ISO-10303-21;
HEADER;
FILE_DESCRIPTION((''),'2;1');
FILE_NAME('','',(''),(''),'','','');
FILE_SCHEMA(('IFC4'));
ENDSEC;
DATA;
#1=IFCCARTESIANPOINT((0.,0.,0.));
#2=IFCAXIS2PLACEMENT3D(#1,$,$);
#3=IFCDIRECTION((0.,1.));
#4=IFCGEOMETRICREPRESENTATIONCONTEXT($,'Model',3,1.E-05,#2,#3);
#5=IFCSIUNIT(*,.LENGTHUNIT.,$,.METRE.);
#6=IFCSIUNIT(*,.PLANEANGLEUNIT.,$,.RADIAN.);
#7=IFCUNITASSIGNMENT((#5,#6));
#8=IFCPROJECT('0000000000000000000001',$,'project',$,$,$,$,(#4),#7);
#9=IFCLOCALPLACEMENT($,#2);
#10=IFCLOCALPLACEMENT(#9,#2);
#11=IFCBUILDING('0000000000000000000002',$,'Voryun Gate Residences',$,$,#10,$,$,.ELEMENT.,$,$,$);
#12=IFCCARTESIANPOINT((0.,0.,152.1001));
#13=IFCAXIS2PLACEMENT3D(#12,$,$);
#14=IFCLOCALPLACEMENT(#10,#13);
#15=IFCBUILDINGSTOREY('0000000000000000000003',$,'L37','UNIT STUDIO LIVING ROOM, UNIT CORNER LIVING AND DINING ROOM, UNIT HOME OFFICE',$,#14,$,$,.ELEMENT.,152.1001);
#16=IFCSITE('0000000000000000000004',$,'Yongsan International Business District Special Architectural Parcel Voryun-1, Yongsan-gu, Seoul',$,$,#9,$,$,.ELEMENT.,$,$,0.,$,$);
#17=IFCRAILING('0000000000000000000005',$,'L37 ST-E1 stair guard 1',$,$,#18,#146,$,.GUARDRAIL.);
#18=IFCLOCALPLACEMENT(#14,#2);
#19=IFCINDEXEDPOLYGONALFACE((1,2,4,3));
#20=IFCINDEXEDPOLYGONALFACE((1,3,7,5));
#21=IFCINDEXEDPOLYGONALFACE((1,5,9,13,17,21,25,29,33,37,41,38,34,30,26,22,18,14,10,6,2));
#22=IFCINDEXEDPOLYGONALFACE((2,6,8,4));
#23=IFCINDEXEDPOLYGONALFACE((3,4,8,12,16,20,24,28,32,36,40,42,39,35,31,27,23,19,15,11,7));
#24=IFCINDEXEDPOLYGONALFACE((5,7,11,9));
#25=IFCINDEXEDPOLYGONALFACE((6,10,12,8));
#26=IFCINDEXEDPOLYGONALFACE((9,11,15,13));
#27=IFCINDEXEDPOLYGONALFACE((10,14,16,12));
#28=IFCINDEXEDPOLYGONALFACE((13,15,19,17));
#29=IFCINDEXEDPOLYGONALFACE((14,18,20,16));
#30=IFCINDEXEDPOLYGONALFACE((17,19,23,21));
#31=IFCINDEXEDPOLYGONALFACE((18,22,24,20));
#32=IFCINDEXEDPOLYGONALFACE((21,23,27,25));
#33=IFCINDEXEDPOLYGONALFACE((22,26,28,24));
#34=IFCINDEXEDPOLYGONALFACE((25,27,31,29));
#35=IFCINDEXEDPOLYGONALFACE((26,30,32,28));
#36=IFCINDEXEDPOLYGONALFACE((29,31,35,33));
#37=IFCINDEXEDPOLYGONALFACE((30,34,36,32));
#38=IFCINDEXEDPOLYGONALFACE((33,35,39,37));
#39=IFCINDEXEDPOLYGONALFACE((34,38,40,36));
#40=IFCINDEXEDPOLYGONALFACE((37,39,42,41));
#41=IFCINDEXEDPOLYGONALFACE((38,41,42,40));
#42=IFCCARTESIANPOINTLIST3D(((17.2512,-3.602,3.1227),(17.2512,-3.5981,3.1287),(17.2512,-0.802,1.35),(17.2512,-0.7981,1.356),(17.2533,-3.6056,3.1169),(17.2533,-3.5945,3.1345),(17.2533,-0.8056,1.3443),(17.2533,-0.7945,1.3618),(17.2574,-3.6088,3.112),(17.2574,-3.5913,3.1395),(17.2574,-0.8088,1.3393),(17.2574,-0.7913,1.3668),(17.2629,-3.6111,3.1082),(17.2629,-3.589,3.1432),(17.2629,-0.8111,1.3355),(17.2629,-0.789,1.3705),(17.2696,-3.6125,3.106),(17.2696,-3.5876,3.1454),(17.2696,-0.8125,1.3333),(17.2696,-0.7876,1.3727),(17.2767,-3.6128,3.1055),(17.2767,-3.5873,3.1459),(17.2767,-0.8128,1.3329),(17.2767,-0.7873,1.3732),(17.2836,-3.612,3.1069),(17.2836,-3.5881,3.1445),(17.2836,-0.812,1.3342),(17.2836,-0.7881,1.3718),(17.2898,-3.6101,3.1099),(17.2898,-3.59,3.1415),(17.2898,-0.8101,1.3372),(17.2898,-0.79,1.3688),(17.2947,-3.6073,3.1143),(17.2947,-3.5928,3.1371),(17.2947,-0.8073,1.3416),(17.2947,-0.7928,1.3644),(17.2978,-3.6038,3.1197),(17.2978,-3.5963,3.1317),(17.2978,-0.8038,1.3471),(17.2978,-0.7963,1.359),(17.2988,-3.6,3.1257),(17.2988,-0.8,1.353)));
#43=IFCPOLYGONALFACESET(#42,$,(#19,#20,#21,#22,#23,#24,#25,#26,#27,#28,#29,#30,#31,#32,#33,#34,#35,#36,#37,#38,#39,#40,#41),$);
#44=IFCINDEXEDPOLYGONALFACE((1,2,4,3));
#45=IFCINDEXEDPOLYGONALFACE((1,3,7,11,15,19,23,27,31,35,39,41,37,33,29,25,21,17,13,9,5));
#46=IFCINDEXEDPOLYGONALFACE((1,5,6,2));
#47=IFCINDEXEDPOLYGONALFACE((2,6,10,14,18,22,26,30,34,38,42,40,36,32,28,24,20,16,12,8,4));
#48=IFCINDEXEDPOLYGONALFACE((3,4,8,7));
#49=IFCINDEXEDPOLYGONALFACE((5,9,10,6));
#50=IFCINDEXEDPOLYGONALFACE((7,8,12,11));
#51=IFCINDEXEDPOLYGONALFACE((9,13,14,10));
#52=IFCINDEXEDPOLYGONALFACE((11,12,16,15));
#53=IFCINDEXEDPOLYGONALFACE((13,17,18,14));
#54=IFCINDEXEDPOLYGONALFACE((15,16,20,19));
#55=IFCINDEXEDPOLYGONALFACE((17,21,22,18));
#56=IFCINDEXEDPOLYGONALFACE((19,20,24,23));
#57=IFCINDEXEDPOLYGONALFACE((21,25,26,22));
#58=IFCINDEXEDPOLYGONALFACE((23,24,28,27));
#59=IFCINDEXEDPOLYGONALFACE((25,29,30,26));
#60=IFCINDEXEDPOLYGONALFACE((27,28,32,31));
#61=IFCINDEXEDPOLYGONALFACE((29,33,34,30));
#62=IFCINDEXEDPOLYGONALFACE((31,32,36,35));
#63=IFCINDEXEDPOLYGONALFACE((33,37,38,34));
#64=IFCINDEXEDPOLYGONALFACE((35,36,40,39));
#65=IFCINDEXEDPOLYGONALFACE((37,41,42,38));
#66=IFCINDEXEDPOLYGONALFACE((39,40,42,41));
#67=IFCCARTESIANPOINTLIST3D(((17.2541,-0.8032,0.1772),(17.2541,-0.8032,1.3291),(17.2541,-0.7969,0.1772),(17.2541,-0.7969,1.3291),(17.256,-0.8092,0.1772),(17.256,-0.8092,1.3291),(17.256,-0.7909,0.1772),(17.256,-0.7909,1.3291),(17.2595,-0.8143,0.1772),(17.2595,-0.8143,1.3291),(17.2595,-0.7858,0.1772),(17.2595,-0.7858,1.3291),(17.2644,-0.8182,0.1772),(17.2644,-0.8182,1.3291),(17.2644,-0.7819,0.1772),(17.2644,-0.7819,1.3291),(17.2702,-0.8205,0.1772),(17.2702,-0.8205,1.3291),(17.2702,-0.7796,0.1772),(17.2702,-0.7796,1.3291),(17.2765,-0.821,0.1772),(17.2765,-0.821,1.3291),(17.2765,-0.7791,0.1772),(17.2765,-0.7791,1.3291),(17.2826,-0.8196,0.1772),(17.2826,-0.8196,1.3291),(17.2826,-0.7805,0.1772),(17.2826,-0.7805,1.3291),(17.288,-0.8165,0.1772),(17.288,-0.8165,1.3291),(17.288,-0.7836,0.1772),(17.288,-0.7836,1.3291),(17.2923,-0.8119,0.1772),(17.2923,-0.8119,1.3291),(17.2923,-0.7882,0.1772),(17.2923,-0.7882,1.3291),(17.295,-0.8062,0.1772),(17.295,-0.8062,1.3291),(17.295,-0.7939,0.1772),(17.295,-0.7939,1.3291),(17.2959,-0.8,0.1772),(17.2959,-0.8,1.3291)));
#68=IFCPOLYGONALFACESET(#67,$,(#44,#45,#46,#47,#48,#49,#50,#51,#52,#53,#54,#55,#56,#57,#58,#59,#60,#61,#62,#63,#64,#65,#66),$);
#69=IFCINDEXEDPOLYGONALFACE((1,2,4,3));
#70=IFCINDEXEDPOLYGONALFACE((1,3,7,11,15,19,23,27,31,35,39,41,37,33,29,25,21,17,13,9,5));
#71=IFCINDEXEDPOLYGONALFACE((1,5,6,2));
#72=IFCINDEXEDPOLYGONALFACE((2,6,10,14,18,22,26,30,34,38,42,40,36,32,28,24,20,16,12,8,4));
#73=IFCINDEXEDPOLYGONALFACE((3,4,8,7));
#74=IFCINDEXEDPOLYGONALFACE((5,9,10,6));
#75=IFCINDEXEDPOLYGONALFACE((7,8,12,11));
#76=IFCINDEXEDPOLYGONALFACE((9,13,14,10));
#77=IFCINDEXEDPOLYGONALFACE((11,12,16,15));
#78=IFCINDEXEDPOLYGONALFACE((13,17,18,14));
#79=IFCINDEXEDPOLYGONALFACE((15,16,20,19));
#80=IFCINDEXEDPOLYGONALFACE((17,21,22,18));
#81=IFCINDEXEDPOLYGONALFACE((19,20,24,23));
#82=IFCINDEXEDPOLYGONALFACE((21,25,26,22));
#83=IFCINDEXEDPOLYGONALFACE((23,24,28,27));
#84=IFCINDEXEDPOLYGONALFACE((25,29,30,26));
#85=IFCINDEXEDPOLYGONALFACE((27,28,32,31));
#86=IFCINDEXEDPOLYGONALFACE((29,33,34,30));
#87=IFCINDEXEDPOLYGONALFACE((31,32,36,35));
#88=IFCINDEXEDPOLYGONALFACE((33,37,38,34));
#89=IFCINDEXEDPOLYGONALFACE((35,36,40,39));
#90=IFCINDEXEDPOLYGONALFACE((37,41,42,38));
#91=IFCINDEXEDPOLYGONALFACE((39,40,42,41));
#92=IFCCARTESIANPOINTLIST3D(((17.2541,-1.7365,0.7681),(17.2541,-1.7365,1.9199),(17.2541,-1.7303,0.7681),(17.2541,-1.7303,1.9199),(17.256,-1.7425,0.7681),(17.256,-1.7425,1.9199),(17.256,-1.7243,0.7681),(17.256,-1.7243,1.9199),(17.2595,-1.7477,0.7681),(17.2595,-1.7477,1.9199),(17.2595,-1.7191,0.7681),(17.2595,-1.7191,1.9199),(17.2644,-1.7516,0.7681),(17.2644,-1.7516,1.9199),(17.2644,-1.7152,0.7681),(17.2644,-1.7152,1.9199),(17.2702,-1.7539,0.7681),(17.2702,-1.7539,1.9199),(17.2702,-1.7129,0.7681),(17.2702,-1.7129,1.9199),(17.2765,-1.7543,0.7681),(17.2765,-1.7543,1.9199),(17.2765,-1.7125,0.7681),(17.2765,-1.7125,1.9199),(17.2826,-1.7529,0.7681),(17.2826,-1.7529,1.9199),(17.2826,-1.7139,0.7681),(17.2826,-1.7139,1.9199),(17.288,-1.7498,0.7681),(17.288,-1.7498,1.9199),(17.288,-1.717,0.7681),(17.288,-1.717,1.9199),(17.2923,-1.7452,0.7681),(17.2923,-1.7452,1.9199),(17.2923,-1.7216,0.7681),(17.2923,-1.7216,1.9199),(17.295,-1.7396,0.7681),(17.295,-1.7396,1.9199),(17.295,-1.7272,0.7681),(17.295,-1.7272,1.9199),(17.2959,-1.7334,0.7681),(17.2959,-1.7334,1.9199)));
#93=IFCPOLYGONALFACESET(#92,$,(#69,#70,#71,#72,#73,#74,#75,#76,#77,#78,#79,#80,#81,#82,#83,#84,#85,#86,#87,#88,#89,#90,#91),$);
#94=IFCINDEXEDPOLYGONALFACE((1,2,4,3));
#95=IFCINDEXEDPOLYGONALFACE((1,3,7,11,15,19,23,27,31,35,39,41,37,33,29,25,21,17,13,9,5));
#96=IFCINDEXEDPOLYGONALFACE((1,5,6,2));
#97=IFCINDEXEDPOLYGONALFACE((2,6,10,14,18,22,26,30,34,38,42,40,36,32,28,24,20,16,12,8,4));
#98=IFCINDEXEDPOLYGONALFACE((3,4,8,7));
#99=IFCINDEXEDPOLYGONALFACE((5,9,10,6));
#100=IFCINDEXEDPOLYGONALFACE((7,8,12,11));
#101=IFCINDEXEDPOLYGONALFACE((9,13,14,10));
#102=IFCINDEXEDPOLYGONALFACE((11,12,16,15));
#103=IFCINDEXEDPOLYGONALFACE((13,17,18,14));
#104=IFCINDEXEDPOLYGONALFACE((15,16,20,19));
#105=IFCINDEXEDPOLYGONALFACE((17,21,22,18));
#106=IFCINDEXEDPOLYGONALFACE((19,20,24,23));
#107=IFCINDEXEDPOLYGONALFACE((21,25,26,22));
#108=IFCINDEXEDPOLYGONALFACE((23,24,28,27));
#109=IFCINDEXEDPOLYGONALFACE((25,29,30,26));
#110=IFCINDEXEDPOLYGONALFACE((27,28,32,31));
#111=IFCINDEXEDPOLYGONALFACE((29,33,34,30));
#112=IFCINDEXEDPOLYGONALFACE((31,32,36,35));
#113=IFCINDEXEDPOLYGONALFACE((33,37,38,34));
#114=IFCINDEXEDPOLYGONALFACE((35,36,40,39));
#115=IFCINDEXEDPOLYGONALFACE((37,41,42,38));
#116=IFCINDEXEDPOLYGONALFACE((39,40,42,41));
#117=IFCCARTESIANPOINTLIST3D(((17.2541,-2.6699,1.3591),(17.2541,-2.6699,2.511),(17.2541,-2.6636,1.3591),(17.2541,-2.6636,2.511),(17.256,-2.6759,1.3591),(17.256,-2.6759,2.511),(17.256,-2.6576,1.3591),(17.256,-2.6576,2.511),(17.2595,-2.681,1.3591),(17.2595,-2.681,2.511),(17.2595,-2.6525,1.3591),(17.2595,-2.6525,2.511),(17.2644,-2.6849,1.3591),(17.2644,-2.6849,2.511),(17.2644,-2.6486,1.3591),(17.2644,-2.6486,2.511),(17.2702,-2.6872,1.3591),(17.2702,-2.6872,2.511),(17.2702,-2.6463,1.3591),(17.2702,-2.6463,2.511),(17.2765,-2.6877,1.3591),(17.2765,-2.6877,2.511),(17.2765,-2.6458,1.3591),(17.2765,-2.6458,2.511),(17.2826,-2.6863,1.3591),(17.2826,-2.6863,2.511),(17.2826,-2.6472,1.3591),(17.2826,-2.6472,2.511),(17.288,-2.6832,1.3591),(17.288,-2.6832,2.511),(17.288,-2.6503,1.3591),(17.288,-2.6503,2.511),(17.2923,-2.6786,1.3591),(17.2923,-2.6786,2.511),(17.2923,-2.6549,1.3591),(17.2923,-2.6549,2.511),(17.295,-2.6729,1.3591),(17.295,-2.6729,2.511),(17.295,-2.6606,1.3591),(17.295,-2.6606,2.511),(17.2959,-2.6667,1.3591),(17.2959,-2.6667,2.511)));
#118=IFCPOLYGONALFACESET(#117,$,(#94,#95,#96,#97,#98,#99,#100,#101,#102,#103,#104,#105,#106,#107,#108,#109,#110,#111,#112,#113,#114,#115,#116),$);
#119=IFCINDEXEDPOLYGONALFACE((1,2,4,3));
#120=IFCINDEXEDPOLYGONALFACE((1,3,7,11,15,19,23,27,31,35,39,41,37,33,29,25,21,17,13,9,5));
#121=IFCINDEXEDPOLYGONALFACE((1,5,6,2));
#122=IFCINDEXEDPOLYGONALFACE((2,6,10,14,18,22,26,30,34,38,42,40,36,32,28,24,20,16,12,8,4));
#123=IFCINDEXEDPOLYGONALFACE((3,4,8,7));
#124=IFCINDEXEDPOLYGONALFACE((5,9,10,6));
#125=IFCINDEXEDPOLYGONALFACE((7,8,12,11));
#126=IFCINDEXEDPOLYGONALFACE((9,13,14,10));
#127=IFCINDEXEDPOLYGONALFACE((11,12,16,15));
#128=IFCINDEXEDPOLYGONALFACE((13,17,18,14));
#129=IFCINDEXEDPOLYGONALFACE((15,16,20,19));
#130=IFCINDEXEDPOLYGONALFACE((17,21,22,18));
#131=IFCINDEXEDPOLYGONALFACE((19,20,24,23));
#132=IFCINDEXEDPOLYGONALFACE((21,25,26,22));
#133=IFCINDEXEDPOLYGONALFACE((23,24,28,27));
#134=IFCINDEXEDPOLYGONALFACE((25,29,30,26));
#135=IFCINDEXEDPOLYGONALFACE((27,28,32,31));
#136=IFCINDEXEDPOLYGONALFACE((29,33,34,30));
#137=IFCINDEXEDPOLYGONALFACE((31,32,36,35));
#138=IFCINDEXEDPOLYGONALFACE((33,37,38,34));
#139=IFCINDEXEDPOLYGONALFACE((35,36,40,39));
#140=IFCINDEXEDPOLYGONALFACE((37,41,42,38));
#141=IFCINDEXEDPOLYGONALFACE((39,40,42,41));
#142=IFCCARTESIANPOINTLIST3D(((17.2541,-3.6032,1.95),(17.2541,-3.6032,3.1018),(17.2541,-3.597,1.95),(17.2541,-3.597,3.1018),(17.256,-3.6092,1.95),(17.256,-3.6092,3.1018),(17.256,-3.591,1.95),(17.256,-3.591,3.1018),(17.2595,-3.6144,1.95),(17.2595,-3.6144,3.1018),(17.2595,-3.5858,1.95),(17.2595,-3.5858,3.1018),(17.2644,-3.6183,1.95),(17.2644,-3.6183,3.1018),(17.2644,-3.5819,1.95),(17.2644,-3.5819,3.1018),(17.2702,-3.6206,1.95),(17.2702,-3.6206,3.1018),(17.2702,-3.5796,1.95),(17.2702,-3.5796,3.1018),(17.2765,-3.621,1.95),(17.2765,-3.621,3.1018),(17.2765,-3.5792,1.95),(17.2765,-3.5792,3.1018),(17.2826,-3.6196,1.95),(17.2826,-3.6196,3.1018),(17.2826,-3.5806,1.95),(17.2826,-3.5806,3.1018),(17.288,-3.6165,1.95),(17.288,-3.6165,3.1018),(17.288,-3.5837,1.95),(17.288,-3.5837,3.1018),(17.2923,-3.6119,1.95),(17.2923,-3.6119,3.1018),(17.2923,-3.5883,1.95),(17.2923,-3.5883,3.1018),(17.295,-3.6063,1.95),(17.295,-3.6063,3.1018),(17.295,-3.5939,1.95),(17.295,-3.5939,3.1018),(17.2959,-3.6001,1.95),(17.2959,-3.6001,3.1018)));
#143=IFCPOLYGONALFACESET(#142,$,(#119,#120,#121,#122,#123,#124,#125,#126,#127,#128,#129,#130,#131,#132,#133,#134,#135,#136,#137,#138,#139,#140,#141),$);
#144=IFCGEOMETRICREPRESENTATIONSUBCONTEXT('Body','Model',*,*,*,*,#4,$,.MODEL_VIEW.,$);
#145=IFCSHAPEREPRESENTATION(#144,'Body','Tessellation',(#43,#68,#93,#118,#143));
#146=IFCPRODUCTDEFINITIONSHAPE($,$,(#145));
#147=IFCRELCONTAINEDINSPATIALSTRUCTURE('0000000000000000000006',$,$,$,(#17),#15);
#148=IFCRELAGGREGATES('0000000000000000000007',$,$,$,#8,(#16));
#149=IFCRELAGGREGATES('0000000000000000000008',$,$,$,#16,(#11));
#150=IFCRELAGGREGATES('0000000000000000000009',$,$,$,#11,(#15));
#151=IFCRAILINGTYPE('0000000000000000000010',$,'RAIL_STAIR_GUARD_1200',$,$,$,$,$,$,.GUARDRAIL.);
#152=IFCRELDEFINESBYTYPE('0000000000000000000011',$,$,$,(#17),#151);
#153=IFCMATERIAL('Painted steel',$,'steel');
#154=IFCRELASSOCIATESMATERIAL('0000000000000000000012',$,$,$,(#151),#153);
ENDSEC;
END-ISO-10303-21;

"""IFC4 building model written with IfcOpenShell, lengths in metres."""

from ifc_helpers import new_model, si_unit, direction, frame, origin, origin_2d, place, context, subcontext, project, spatial, circle, extrude, material, type_object, element, save


model = new_model("IFC4")

# Units and contexts
model_context = context("Model", 3, precision=1e-05, world=origin(), true_north=direction((0.0, 1.0)))
body_context = subcontext(model_context, "Body", "Model", "MODEL_VIEW")
ifc_project = project(units=[si_unit("LENGTHUNIT", "METRE"), si_unit("PLANEANGLEUNIT", "RADIAN")], contexts=[model_context])

# Site, building, storey
site_placement = place(None, origin())
site = spatial("IfcSite", under=ifc_project, at=site_placement, Name="Yongsan International Business District Special Architectural Parcel Voryun-1, Yongsan-gu, Seoul", CompositionType="ELEMENT", RefElevation=0.0)
building_placement = place(site_placement, origin())
building = spatial("IfcBuilding", under=site, at=building_placement, Name="Voryun Gate Residences", CompositionType="ELEMENT")
storey_placement = place(building_placement, frame((0.0, 0.0, 152.1001)))
storey = spatial("IfcBuildingStorey", under=building, at=storey_placement, Name="L37", Description="UNIT STUDIO LIVING ROOM, UNIT CORNER LIVING AND DINING ROOM, UNIT HOME OFFICE", CompositionType="ELEMENT", Elevation=152.1001)

# Railing
ifc_material_1 = material(Name="Painted steel", Category="steel")
railing_type_1 = type_object("IfcRailingType", Name="RAIL_STAIR_GUARD_1200", PredefinedType="GUARDRAIL", material=ifc_material_1)
railing_1_placement = place(storey_placement, frame((17.2749, -0.8, 0.1772)))
element("IfcRailing", 1, at=railing_1_placement, inside=storey, type_object=railing_type_1, Name="L37 ST-E1 stair guard 1", PredefinedType="GUARDRAIL", context=body_context, shape_type="SweptSolid", body=[
    extrude(circle(Radius=0.0239, at=origin_2d()), frame((0.0, 0.0, 1.1758), z_axis=(0.0, -0.844909, 0.53491), x_axis=(1.0, 0.0, 0.0)), (0.0, 0.0, 1.0), 3.314),
    extrude(circle(Radius=0.021, at=origin_2d()), origin(), (0.0, 0.0, 1.0), 1.1519),
    extrude(circle(Radius=0.021, at=origin_2d()), frame((0.0, -0.9333, 0.5908)), (0.0, 0.0, 1.0), 1.1519),
    extrude(circle(Radius=0.021, at=origin_2d()), frame((0.0, -1.8667, 1.1819)), (0.0, 0.0, 1.0), 1.1519),
    extrude(circle(Radius=0.021, at=origin_2d()), frame((0.0, -2.8, 1.7727)), (0.0, 0.0, 1.0), 1.1519),
])

save(model, "model.ifc")
